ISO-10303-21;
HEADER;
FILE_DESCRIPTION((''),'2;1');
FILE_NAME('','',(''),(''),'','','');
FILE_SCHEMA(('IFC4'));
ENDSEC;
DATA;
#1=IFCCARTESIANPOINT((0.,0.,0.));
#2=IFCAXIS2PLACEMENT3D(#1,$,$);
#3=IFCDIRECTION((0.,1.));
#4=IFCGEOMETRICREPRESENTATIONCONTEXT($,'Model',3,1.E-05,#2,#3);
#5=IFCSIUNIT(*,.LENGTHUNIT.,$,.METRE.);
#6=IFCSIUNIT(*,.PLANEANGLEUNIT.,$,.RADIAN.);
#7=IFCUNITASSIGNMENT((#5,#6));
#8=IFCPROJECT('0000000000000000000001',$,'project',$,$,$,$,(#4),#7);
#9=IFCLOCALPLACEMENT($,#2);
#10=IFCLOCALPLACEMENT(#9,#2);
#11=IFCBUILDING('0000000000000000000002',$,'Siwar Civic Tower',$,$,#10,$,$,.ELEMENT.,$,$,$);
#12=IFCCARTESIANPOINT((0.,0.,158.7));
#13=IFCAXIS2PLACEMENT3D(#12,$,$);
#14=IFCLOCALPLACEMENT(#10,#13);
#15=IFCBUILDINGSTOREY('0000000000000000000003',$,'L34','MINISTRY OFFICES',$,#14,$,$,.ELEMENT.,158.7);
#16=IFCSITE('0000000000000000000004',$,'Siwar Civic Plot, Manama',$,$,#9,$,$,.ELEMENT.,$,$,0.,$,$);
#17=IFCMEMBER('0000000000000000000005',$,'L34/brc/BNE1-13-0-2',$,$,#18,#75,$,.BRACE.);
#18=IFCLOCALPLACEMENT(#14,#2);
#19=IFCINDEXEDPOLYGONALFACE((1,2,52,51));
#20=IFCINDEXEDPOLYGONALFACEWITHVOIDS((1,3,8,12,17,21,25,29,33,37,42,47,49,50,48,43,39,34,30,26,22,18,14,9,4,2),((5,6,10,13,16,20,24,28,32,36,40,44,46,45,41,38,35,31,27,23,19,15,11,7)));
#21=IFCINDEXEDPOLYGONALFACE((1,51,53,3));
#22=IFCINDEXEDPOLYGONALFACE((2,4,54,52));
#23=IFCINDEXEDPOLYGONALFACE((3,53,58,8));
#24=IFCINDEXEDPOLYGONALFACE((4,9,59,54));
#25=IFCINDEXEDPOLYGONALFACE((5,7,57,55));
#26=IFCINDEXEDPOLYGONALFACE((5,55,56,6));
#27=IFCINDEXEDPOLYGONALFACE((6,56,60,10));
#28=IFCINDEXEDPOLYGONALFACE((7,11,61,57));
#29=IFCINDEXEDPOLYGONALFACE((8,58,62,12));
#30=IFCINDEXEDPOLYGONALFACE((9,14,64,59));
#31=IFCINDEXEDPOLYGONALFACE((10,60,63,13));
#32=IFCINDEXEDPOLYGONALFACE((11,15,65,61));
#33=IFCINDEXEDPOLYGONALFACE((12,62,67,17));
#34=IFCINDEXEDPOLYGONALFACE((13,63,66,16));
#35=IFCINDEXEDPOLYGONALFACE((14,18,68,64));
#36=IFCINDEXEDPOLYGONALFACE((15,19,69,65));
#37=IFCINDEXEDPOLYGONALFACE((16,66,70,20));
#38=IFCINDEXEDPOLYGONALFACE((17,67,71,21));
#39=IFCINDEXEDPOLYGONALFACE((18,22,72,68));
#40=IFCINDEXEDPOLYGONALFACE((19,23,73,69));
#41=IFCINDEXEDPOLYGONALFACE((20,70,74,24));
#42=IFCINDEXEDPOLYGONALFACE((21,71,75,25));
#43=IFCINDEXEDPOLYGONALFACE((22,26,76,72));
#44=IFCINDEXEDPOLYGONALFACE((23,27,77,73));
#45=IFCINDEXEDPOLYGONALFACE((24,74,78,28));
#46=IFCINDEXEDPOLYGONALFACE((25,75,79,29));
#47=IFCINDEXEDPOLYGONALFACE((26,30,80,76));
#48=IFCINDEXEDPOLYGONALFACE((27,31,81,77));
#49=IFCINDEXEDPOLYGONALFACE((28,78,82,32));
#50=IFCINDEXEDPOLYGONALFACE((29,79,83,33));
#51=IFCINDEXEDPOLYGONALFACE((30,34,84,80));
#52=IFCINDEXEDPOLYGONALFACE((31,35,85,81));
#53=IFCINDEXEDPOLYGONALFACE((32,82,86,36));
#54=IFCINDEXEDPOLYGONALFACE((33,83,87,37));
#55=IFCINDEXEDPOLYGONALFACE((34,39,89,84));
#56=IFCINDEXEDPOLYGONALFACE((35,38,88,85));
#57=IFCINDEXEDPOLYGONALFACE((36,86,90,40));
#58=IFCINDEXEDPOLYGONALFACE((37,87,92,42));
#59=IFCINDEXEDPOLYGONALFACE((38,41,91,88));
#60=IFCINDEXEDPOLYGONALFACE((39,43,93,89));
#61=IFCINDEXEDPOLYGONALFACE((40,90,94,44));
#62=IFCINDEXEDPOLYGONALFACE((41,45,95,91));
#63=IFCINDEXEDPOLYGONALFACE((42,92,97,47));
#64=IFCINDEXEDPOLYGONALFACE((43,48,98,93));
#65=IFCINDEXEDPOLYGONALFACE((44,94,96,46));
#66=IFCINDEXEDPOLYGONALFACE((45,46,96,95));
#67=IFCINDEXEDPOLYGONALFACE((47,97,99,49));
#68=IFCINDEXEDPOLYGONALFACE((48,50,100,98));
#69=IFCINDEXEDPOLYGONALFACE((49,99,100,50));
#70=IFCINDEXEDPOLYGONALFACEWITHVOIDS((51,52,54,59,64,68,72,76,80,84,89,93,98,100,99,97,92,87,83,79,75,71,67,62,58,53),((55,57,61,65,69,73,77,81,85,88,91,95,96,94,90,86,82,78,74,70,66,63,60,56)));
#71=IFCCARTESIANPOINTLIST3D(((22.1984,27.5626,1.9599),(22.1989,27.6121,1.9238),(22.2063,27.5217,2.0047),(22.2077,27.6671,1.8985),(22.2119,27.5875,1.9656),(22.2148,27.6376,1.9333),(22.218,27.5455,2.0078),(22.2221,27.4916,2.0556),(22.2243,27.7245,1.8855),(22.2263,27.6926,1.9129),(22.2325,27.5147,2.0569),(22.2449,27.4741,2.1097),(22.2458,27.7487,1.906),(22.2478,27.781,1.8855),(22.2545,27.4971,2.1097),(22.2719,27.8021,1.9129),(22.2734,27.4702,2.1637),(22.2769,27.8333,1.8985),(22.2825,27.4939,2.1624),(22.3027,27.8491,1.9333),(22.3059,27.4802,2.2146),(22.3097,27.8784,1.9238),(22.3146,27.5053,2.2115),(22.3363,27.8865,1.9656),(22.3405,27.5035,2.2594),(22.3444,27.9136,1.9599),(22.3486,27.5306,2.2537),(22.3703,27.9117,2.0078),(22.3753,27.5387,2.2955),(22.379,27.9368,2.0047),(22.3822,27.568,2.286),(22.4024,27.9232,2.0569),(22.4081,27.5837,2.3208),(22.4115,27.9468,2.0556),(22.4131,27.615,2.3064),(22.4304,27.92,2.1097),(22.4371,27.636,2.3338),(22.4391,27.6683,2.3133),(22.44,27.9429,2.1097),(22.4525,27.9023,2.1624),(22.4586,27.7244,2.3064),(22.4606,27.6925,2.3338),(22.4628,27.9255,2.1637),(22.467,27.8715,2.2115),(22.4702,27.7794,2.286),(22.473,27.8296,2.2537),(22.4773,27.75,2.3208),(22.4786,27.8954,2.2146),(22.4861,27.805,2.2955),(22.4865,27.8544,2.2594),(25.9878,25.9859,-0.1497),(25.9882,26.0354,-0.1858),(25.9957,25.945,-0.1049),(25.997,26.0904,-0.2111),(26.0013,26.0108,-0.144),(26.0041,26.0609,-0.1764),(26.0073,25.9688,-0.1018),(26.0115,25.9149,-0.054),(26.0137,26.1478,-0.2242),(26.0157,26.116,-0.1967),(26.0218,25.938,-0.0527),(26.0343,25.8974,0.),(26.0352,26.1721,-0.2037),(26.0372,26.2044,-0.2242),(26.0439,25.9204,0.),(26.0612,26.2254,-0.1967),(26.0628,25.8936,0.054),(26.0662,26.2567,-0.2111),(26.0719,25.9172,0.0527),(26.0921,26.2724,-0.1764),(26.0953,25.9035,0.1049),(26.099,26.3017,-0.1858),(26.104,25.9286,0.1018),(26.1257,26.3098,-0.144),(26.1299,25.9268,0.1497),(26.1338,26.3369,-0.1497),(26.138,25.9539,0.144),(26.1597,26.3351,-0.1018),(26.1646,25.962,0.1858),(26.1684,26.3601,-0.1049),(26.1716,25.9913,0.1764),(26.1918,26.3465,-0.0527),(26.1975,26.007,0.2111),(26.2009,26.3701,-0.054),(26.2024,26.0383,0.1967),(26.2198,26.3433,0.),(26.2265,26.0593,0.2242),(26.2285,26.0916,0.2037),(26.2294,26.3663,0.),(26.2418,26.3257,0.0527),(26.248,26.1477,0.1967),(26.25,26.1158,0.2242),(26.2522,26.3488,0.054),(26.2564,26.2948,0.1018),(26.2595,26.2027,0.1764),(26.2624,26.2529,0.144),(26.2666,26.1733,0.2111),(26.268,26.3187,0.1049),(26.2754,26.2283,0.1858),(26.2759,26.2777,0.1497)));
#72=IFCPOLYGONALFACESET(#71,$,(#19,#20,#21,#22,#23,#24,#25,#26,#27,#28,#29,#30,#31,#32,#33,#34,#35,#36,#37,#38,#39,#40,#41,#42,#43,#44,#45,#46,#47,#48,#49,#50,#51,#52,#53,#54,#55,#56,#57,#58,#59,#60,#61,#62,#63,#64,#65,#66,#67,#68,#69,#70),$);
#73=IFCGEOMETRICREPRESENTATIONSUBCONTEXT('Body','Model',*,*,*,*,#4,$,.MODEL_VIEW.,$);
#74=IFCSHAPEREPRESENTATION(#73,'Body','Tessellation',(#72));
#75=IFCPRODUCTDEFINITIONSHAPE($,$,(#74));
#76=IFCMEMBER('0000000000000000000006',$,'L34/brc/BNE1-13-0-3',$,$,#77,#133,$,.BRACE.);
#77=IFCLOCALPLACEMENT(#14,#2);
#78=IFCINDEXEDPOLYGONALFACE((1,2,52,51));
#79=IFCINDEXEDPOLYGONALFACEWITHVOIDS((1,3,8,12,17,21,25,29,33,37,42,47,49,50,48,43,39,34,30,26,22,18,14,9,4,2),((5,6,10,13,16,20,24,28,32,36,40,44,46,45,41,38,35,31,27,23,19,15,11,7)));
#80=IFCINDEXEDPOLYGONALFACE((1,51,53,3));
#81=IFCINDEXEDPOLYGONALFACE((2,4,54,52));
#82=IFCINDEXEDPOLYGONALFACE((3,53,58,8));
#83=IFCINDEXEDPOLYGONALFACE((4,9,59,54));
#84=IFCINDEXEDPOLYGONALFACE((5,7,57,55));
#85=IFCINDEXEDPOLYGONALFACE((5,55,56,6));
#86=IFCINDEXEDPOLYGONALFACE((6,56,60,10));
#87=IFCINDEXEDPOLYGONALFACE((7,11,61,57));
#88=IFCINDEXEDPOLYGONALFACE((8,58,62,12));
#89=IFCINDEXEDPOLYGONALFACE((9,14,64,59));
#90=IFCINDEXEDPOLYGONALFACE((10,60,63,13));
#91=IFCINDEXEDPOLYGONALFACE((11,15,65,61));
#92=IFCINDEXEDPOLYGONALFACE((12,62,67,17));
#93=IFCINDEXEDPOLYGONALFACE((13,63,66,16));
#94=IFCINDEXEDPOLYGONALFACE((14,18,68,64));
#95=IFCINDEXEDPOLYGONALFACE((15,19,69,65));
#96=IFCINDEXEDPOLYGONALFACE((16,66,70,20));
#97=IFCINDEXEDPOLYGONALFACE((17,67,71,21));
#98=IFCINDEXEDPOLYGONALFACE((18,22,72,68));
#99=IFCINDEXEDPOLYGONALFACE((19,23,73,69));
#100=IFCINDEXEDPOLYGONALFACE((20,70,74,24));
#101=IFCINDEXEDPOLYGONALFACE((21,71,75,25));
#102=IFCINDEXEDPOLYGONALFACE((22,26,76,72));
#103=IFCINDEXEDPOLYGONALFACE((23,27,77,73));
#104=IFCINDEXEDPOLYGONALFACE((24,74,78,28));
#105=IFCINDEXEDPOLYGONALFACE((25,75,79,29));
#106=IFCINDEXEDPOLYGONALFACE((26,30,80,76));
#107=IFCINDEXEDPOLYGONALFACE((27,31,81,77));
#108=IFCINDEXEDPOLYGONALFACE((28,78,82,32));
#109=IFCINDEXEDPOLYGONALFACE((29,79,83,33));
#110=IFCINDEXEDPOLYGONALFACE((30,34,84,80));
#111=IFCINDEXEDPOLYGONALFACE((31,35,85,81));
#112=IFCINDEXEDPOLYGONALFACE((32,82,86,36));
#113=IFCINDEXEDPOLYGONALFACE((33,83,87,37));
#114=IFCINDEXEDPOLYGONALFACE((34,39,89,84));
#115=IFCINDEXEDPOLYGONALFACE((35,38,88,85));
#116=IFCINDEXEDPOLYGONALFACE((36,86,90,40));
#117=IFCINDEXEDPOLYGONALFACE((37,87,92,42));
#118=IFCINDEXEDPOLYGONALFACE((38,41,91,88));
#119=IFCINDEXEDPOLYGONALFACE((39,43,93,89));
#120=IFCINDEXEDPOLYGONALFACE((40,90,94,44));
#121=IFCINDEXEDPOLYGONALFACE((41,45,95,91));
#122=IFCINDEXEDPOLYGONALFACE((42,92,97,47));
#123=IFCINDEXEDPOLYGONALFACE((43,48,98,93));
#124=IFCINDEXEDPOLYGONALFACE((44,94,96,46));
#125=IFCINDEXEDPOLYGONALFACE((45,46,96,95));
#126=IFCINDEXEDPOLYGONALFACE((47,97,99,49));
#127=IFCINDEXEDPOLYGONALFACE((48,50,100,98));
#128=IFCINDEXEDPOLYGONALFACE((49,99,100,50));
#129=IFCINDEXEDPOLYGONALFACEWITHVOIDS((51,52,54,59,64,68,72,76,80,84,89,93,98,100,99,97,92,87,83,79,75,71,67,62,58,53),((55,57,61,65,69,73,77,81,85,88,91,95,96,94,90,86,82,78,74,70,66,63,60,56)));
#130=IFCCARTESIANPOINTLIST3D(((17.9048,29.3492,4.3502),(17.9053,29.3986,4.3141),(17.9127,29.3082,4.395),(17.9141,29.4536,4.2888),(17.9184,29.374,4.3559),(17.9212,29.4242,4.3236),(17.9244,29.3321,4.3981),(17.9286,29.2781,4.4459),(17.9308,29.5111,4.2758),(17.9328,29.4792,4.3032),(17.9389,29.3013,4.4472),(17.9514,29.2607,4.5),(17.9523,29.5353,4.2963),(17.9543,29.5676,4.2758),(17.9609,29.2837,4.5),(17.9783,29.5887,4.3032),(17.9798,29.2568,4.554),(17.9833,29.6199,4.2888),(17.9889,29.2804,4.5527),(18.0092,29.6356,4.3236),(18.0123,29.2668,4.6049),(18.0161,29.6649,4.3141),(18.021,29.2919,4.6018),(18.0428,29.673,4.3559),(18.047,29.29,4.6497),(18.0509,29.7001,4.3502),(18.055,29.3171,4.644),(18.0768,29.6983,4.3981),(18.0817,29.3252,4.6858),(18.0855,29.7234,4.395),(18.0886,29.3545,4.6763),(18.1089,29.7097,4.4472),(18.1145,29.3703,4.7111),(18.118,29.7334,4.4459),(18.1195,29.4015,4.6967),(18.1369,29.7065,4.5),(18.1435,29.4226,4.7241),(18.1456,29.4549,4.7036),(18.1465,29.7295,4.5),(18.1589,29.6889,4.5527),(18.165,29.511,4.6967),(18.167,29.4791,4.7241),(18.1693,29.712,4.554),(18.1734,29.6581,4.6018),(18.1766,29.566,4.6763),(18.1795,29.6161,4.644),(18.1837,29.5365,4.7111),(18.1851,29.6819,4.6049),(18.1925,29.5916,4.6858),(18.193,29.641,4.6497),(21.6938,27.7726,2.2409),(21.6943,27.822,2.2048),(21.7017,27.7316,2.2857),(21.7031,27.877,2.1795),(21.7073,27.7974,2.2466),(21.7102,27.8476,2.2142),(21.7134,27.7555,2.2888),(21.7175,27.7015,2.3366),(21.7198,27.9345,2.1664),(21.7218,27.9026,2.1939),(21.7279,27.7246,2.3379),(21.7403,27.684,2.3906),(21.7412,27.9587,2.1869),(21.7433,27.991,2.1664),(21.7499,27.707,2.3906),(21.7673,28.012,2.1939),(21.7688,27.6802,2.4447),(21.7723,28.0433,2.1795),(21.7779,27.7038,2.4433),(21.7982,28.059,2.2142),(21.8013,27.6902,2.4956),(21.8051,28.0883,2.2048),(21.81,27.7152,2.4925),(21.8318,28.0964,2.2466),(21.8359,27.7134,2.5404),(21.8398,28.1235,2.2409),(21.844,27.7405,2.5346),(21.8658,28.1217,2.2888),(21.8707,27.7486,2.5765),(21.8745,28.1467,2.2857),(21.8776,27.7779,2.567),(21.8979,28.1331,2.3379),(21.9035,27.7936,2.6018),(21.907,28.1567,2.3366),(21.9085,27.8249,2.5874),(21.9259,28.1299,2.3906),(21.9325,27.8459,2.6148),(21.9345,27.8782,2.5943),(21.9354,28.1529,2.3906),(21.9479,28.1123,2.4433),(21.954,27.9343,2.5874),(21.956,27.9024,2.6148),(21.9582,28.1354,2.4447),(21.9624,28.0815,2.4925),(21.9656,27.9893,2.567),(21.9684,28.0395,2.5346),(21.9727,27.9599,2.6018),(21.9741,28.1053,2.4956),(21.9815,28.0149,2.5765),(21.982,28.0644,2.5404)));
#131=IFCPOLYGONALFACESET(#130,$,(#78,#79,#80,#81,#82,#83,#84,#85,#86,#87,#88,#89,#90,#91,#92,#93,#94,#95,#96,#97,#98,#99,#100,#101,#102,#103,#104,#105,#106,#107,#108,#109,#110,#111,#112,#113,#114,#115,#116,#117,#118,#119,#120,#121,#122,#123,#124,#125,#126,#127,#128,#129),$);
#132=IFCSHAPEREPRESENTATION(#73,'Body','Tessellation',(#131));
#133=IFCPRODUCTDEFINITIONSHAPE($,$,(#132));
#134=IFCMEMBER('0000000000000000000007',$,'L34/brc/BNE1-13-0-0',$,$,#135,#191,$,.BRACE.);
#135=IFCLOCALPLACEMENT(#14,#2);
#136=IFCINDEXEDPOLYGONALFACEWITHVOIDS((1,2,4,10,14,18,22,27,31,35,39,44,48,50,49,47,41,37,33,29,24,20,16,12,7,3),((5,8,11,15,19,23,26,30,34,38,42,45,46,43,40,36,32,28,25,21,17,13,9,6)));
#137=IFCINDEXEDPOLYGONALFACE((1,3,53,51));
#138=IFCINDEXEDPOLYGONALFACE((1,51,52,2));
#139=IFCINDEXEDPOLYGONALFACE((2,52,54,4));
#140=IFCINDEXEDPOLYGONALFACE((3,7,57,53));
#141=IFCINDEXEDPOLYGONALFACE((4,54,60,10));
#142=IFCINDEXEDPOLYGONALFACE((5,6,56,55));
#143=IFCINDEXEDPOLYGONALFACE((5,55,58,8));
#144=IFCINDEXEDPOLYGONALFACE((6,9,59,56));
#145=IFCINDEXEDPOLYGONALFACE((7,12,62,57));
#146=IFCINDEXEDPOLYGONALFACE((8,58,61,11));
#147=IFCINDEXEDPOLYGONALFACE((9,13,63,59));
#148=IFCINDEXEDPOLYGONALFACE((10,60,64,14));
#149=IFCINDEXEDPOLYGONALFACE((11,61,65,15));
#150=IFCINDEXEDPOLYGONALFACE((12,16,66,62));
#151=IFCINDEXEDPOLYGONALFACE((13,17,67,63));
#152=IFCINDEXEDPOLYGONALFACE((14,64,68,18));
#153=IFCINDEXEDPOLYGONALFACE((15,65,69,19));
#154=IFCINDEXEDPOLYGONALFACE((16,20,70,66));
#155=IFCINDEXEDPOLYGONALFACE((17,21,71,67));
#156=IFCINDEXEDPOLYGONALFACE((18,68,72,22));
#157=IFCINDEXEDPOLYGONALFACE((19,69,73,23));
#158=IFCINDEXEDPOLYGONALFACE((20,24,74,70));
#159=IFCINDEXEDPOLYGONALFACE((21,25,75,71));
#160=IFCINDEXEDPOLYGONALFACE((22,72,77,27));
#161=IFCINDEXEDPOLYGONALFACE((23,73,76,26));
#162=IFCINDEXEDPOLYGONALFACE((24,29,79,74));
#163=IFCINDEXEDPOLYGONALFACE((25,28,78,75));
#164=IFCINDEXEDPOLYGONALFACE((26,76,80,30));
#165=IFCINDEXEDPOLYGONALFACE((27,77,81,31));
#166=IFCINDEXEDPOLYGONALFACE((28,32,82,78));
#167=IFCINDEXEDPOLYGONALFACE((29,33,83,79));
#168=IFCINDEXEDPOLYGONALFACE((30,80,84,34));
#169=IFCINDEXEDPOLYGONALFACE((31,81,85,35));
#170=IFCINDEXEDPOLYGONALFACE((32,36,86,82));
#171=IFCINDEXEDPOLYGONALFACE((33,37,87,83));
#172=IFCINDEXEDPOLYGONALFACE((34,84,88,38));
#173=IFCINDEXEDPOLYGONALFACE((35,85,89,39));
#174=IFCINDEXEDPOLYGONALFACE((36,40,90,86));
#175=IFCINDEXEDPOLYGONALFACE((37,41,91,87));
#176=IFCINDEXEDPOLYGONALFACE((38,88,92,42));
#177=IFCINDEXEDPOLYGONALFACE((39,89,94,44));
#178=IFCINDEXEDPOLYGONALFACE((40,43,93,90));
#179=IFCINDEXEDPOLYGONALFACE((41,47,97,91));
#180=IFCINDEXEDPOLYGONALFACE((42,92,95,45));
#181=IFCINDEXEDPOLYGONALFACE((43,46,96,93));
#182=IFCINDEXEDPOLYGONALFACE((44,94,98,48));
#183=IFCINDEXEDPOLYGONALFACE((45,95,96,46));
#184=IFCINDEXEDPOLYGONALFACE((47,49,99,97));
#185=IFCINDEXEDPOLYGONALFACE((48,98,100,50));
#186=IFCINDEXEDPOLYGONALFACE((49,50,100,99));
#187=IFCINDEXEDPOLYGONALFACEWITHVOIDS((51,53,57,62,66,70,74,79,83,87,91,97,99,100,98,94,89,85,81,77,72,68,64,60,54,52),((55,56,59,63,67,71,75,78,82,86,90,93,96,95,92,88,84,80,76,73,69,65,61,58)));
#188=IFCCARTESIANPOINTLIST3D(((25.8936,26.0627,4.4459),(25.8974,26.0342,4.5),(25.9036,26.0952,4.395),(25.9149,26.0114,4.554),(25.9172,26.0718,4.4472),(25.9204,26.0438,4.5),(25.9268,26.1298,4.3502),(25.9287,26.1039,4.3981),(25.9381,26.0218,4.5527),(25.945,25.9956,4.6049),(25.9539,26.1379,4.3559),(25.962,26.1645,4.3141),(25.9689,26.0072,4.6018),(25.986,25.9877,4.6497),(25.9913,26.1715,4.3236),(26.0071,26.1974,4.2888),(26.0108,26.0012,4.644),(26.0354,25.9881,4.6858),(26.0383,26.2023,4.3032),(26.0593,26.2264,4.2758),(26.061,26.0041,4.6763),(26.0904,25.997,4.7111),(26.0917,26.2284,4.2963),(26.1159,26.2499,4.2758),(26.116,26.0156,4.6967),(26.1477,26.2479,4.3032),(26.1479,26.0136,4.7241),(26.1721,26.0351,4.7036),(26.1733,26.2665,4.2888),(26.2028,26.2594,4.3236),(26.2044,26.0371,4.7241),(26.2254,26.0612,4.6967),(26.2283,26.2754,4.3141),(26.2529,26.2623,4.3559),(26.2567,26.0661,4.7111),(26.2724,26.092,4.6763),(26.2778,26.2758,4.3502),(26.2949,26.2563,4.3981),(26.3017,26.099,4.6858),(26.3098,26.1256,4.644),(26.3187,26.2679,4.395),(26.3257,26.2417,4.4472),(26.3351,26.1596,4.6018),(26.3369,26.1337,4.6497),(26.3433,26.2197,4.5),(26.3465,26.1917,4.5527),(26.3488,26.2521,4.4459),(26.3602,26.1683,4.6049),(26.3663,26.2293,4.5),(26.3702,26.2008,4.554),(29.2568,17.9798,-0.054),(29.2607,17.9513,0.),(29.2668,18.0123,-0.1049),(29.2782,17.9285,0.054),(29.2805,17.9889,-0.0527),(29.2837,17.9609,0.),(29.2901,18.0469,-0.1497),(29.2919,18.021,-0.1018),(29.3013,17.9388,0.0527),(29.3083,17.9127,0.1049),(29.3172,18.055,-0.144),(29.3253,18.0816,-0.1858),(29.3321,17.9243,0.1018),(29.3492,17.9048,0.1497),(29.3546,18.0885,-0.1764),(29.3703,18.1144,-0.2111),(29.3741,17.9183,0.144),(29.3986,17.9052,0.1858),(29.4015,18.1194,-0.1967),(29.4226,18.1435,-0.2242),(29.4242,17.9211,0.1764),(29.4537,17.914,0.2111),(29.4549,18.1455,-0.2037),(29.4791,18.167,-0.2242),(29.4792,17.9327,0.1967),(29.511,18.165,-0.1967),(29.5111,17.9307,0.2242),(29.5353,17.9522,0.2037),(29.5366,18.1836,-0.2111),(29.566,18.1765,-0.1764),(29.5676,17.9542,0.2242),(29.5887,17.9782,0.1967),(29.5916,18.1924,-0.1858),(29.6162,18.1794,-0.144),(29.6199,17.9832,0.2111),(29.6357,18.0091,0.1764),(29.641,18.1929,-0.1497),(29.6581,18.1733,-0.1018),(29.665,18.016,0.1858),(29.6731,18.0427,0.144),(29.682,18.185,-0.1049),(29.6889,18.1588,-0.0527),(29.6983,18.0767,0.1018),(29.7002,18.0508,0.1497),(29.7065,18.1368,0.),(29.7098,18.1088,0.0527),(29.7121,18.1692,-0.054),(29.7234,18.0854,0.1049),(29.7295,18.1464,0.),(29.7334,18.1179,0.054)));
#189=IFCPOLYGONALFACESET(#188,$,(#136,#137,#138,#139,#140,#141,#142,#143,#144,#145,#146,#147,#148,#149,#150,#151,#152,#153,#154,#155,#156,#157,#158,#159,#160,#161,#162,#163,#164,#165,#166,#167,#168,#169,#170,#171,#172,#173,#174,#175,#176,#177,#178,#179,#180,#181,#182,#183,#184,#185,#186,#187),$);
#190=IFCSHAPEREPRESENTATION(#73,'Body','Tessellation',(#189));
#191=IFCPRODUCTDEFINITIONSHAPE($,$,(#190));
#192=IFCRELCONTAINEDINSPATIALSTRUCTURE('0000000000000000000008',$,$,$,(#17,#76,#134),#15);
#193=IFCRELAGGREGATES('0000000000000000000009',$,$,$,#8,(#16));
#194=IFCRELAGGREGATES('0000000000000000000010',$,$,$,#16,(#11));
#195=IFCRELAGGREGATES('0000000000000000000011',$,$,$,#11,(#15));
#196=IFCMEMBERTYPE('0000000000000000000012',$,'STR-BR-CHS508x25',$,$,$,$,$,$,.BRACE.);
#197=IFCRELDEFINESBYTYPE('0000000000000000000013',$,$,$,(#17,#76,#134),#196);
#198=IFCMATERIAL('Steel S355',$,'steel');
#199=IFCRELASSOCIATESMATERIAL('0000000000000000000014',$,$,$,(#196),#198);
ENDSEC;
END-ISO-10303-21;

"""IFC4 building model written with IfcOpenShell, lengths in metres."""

from ifc_helpers import new_model, si_unit, direction, frame, origin, origin_2d, place, context, subcontext, project, spatial, hollow_circle, extrude, material, material_profile, profile_set, type_object, element, save


model = new_model("IFC4")

# Units and contexts
model_context = context("Model", 3, precision=1e-05, world=origin(), true_north=direction((0.0, 1.0)))
body_context = subcontext(model_context, "Body", "Model", "MODEL_VIEW")
ifc_project = project(units=[si_unit("LENGTHUNIT", "METRE"), si_unit("PLANEANGLEUNIT", "RADIAN")], contexts=[model_context])

# Site, building, storey
site_placement = place(None, origin())
site = spatial("IfcSite", under=ifc_project, at=site_placement, Name="Siwar Civic Plot, Manama", CompositionType="ELEMENT", RefElevation=0.0)
building_placement = place(site_placement, origin())
building = spatial("IfcBuilding", under=site, at=building_placement, Name="Siwar Civic Tower", CompositionType="ELEMENT")
storey_placement = place(building_placement, frame((0.0, 0.0, 158.7)))
storey = spatial("IfcBuildingStorey", under=building, at=storey_placement, Name="L34", Description="MINISTRY OFFICES", CompositionType="ELEMENT", Elevation=158.7)

# Members
ifc_material_1 = material(Name="Steel S355", Category="steel")
ifc_material_profile_1 = material_profile(ifc_material_1, hollow_circle(Radius=0.2539, WallThickness=0.0249, at=origin_2d()), Name="CHS508x25")
ifc_profile_set_1 = profile_set([ifc_material_profile_1], Name="Steel S355")
member_type_1 = type_object("IfcMemberType", Name="STR-BR-CHS508x25", PredefinedType="BRACE", material=ifc_profile_set_1)
member_1_placement = place(storey_placement, frame((26.1318, 26.1318, 0.0), z_axis=(-0.821143, 0.341662, 0.457155), x_axis=(-0.384155, -0.923269, 0.0)))
element("IfcMember", 1, at=member_1_placement, inside=storey, type_object=member_type_1, Name="L34/brc/BNE1-13-0-2", PredefinedType="BRACE", context=body_context, shape_type="SweptSolid", body=[
    extrude(hollow_circle(Radius=0.2539, WallThickness=0.0249, at=origin_2d()), origin(), (0.0, 0.0, 1.0), 4.6147),
])
member_2_placement = place(storey_placement, frame((21.8379, 27.9185, 2.3906), z_axis=(-0.821146, 0.341686, 0.457133), x_axis=(-0.384176, -0.92326, 0.0)))
element("IfcMember", 2, at=member_2_placement, inside=storey, type_object=member_type_1, Name="L34/brc/BNE1-13-0-3", PredefinedType="BRACE", context=body_context, shape_type="SweptSolid", body=[
    extrude(hollow_circle(Radius=0.2539, WallThickness=0.0249, at=origin_2d()), origin(), (0.0, 0.0, 1.0), 4.6143),
])
member_3_placement = place(storey_placement, frame((29.4951, 18.0488, 0.0), z_axis=(-0.341671, 0.821143, 0.457149), x_axis=(-0.923265, -0.384164, 0.0)))
element("IfcMember", 3, at=member_3_placement, inside=storey, type_object=member_type_1, Name="L34/brc/BNE1-13-0-0", PredefinedType="BRACE", context=body_context, shape_type="SweptSolid", body=[
    extrude(hollow_circle(Radius=0.2539, WallThickness=0.0249, at=origin_2d()), origin(), (0.0, 0.0, 1.0), 9.8435),
])

save(model, "model.ifc")
